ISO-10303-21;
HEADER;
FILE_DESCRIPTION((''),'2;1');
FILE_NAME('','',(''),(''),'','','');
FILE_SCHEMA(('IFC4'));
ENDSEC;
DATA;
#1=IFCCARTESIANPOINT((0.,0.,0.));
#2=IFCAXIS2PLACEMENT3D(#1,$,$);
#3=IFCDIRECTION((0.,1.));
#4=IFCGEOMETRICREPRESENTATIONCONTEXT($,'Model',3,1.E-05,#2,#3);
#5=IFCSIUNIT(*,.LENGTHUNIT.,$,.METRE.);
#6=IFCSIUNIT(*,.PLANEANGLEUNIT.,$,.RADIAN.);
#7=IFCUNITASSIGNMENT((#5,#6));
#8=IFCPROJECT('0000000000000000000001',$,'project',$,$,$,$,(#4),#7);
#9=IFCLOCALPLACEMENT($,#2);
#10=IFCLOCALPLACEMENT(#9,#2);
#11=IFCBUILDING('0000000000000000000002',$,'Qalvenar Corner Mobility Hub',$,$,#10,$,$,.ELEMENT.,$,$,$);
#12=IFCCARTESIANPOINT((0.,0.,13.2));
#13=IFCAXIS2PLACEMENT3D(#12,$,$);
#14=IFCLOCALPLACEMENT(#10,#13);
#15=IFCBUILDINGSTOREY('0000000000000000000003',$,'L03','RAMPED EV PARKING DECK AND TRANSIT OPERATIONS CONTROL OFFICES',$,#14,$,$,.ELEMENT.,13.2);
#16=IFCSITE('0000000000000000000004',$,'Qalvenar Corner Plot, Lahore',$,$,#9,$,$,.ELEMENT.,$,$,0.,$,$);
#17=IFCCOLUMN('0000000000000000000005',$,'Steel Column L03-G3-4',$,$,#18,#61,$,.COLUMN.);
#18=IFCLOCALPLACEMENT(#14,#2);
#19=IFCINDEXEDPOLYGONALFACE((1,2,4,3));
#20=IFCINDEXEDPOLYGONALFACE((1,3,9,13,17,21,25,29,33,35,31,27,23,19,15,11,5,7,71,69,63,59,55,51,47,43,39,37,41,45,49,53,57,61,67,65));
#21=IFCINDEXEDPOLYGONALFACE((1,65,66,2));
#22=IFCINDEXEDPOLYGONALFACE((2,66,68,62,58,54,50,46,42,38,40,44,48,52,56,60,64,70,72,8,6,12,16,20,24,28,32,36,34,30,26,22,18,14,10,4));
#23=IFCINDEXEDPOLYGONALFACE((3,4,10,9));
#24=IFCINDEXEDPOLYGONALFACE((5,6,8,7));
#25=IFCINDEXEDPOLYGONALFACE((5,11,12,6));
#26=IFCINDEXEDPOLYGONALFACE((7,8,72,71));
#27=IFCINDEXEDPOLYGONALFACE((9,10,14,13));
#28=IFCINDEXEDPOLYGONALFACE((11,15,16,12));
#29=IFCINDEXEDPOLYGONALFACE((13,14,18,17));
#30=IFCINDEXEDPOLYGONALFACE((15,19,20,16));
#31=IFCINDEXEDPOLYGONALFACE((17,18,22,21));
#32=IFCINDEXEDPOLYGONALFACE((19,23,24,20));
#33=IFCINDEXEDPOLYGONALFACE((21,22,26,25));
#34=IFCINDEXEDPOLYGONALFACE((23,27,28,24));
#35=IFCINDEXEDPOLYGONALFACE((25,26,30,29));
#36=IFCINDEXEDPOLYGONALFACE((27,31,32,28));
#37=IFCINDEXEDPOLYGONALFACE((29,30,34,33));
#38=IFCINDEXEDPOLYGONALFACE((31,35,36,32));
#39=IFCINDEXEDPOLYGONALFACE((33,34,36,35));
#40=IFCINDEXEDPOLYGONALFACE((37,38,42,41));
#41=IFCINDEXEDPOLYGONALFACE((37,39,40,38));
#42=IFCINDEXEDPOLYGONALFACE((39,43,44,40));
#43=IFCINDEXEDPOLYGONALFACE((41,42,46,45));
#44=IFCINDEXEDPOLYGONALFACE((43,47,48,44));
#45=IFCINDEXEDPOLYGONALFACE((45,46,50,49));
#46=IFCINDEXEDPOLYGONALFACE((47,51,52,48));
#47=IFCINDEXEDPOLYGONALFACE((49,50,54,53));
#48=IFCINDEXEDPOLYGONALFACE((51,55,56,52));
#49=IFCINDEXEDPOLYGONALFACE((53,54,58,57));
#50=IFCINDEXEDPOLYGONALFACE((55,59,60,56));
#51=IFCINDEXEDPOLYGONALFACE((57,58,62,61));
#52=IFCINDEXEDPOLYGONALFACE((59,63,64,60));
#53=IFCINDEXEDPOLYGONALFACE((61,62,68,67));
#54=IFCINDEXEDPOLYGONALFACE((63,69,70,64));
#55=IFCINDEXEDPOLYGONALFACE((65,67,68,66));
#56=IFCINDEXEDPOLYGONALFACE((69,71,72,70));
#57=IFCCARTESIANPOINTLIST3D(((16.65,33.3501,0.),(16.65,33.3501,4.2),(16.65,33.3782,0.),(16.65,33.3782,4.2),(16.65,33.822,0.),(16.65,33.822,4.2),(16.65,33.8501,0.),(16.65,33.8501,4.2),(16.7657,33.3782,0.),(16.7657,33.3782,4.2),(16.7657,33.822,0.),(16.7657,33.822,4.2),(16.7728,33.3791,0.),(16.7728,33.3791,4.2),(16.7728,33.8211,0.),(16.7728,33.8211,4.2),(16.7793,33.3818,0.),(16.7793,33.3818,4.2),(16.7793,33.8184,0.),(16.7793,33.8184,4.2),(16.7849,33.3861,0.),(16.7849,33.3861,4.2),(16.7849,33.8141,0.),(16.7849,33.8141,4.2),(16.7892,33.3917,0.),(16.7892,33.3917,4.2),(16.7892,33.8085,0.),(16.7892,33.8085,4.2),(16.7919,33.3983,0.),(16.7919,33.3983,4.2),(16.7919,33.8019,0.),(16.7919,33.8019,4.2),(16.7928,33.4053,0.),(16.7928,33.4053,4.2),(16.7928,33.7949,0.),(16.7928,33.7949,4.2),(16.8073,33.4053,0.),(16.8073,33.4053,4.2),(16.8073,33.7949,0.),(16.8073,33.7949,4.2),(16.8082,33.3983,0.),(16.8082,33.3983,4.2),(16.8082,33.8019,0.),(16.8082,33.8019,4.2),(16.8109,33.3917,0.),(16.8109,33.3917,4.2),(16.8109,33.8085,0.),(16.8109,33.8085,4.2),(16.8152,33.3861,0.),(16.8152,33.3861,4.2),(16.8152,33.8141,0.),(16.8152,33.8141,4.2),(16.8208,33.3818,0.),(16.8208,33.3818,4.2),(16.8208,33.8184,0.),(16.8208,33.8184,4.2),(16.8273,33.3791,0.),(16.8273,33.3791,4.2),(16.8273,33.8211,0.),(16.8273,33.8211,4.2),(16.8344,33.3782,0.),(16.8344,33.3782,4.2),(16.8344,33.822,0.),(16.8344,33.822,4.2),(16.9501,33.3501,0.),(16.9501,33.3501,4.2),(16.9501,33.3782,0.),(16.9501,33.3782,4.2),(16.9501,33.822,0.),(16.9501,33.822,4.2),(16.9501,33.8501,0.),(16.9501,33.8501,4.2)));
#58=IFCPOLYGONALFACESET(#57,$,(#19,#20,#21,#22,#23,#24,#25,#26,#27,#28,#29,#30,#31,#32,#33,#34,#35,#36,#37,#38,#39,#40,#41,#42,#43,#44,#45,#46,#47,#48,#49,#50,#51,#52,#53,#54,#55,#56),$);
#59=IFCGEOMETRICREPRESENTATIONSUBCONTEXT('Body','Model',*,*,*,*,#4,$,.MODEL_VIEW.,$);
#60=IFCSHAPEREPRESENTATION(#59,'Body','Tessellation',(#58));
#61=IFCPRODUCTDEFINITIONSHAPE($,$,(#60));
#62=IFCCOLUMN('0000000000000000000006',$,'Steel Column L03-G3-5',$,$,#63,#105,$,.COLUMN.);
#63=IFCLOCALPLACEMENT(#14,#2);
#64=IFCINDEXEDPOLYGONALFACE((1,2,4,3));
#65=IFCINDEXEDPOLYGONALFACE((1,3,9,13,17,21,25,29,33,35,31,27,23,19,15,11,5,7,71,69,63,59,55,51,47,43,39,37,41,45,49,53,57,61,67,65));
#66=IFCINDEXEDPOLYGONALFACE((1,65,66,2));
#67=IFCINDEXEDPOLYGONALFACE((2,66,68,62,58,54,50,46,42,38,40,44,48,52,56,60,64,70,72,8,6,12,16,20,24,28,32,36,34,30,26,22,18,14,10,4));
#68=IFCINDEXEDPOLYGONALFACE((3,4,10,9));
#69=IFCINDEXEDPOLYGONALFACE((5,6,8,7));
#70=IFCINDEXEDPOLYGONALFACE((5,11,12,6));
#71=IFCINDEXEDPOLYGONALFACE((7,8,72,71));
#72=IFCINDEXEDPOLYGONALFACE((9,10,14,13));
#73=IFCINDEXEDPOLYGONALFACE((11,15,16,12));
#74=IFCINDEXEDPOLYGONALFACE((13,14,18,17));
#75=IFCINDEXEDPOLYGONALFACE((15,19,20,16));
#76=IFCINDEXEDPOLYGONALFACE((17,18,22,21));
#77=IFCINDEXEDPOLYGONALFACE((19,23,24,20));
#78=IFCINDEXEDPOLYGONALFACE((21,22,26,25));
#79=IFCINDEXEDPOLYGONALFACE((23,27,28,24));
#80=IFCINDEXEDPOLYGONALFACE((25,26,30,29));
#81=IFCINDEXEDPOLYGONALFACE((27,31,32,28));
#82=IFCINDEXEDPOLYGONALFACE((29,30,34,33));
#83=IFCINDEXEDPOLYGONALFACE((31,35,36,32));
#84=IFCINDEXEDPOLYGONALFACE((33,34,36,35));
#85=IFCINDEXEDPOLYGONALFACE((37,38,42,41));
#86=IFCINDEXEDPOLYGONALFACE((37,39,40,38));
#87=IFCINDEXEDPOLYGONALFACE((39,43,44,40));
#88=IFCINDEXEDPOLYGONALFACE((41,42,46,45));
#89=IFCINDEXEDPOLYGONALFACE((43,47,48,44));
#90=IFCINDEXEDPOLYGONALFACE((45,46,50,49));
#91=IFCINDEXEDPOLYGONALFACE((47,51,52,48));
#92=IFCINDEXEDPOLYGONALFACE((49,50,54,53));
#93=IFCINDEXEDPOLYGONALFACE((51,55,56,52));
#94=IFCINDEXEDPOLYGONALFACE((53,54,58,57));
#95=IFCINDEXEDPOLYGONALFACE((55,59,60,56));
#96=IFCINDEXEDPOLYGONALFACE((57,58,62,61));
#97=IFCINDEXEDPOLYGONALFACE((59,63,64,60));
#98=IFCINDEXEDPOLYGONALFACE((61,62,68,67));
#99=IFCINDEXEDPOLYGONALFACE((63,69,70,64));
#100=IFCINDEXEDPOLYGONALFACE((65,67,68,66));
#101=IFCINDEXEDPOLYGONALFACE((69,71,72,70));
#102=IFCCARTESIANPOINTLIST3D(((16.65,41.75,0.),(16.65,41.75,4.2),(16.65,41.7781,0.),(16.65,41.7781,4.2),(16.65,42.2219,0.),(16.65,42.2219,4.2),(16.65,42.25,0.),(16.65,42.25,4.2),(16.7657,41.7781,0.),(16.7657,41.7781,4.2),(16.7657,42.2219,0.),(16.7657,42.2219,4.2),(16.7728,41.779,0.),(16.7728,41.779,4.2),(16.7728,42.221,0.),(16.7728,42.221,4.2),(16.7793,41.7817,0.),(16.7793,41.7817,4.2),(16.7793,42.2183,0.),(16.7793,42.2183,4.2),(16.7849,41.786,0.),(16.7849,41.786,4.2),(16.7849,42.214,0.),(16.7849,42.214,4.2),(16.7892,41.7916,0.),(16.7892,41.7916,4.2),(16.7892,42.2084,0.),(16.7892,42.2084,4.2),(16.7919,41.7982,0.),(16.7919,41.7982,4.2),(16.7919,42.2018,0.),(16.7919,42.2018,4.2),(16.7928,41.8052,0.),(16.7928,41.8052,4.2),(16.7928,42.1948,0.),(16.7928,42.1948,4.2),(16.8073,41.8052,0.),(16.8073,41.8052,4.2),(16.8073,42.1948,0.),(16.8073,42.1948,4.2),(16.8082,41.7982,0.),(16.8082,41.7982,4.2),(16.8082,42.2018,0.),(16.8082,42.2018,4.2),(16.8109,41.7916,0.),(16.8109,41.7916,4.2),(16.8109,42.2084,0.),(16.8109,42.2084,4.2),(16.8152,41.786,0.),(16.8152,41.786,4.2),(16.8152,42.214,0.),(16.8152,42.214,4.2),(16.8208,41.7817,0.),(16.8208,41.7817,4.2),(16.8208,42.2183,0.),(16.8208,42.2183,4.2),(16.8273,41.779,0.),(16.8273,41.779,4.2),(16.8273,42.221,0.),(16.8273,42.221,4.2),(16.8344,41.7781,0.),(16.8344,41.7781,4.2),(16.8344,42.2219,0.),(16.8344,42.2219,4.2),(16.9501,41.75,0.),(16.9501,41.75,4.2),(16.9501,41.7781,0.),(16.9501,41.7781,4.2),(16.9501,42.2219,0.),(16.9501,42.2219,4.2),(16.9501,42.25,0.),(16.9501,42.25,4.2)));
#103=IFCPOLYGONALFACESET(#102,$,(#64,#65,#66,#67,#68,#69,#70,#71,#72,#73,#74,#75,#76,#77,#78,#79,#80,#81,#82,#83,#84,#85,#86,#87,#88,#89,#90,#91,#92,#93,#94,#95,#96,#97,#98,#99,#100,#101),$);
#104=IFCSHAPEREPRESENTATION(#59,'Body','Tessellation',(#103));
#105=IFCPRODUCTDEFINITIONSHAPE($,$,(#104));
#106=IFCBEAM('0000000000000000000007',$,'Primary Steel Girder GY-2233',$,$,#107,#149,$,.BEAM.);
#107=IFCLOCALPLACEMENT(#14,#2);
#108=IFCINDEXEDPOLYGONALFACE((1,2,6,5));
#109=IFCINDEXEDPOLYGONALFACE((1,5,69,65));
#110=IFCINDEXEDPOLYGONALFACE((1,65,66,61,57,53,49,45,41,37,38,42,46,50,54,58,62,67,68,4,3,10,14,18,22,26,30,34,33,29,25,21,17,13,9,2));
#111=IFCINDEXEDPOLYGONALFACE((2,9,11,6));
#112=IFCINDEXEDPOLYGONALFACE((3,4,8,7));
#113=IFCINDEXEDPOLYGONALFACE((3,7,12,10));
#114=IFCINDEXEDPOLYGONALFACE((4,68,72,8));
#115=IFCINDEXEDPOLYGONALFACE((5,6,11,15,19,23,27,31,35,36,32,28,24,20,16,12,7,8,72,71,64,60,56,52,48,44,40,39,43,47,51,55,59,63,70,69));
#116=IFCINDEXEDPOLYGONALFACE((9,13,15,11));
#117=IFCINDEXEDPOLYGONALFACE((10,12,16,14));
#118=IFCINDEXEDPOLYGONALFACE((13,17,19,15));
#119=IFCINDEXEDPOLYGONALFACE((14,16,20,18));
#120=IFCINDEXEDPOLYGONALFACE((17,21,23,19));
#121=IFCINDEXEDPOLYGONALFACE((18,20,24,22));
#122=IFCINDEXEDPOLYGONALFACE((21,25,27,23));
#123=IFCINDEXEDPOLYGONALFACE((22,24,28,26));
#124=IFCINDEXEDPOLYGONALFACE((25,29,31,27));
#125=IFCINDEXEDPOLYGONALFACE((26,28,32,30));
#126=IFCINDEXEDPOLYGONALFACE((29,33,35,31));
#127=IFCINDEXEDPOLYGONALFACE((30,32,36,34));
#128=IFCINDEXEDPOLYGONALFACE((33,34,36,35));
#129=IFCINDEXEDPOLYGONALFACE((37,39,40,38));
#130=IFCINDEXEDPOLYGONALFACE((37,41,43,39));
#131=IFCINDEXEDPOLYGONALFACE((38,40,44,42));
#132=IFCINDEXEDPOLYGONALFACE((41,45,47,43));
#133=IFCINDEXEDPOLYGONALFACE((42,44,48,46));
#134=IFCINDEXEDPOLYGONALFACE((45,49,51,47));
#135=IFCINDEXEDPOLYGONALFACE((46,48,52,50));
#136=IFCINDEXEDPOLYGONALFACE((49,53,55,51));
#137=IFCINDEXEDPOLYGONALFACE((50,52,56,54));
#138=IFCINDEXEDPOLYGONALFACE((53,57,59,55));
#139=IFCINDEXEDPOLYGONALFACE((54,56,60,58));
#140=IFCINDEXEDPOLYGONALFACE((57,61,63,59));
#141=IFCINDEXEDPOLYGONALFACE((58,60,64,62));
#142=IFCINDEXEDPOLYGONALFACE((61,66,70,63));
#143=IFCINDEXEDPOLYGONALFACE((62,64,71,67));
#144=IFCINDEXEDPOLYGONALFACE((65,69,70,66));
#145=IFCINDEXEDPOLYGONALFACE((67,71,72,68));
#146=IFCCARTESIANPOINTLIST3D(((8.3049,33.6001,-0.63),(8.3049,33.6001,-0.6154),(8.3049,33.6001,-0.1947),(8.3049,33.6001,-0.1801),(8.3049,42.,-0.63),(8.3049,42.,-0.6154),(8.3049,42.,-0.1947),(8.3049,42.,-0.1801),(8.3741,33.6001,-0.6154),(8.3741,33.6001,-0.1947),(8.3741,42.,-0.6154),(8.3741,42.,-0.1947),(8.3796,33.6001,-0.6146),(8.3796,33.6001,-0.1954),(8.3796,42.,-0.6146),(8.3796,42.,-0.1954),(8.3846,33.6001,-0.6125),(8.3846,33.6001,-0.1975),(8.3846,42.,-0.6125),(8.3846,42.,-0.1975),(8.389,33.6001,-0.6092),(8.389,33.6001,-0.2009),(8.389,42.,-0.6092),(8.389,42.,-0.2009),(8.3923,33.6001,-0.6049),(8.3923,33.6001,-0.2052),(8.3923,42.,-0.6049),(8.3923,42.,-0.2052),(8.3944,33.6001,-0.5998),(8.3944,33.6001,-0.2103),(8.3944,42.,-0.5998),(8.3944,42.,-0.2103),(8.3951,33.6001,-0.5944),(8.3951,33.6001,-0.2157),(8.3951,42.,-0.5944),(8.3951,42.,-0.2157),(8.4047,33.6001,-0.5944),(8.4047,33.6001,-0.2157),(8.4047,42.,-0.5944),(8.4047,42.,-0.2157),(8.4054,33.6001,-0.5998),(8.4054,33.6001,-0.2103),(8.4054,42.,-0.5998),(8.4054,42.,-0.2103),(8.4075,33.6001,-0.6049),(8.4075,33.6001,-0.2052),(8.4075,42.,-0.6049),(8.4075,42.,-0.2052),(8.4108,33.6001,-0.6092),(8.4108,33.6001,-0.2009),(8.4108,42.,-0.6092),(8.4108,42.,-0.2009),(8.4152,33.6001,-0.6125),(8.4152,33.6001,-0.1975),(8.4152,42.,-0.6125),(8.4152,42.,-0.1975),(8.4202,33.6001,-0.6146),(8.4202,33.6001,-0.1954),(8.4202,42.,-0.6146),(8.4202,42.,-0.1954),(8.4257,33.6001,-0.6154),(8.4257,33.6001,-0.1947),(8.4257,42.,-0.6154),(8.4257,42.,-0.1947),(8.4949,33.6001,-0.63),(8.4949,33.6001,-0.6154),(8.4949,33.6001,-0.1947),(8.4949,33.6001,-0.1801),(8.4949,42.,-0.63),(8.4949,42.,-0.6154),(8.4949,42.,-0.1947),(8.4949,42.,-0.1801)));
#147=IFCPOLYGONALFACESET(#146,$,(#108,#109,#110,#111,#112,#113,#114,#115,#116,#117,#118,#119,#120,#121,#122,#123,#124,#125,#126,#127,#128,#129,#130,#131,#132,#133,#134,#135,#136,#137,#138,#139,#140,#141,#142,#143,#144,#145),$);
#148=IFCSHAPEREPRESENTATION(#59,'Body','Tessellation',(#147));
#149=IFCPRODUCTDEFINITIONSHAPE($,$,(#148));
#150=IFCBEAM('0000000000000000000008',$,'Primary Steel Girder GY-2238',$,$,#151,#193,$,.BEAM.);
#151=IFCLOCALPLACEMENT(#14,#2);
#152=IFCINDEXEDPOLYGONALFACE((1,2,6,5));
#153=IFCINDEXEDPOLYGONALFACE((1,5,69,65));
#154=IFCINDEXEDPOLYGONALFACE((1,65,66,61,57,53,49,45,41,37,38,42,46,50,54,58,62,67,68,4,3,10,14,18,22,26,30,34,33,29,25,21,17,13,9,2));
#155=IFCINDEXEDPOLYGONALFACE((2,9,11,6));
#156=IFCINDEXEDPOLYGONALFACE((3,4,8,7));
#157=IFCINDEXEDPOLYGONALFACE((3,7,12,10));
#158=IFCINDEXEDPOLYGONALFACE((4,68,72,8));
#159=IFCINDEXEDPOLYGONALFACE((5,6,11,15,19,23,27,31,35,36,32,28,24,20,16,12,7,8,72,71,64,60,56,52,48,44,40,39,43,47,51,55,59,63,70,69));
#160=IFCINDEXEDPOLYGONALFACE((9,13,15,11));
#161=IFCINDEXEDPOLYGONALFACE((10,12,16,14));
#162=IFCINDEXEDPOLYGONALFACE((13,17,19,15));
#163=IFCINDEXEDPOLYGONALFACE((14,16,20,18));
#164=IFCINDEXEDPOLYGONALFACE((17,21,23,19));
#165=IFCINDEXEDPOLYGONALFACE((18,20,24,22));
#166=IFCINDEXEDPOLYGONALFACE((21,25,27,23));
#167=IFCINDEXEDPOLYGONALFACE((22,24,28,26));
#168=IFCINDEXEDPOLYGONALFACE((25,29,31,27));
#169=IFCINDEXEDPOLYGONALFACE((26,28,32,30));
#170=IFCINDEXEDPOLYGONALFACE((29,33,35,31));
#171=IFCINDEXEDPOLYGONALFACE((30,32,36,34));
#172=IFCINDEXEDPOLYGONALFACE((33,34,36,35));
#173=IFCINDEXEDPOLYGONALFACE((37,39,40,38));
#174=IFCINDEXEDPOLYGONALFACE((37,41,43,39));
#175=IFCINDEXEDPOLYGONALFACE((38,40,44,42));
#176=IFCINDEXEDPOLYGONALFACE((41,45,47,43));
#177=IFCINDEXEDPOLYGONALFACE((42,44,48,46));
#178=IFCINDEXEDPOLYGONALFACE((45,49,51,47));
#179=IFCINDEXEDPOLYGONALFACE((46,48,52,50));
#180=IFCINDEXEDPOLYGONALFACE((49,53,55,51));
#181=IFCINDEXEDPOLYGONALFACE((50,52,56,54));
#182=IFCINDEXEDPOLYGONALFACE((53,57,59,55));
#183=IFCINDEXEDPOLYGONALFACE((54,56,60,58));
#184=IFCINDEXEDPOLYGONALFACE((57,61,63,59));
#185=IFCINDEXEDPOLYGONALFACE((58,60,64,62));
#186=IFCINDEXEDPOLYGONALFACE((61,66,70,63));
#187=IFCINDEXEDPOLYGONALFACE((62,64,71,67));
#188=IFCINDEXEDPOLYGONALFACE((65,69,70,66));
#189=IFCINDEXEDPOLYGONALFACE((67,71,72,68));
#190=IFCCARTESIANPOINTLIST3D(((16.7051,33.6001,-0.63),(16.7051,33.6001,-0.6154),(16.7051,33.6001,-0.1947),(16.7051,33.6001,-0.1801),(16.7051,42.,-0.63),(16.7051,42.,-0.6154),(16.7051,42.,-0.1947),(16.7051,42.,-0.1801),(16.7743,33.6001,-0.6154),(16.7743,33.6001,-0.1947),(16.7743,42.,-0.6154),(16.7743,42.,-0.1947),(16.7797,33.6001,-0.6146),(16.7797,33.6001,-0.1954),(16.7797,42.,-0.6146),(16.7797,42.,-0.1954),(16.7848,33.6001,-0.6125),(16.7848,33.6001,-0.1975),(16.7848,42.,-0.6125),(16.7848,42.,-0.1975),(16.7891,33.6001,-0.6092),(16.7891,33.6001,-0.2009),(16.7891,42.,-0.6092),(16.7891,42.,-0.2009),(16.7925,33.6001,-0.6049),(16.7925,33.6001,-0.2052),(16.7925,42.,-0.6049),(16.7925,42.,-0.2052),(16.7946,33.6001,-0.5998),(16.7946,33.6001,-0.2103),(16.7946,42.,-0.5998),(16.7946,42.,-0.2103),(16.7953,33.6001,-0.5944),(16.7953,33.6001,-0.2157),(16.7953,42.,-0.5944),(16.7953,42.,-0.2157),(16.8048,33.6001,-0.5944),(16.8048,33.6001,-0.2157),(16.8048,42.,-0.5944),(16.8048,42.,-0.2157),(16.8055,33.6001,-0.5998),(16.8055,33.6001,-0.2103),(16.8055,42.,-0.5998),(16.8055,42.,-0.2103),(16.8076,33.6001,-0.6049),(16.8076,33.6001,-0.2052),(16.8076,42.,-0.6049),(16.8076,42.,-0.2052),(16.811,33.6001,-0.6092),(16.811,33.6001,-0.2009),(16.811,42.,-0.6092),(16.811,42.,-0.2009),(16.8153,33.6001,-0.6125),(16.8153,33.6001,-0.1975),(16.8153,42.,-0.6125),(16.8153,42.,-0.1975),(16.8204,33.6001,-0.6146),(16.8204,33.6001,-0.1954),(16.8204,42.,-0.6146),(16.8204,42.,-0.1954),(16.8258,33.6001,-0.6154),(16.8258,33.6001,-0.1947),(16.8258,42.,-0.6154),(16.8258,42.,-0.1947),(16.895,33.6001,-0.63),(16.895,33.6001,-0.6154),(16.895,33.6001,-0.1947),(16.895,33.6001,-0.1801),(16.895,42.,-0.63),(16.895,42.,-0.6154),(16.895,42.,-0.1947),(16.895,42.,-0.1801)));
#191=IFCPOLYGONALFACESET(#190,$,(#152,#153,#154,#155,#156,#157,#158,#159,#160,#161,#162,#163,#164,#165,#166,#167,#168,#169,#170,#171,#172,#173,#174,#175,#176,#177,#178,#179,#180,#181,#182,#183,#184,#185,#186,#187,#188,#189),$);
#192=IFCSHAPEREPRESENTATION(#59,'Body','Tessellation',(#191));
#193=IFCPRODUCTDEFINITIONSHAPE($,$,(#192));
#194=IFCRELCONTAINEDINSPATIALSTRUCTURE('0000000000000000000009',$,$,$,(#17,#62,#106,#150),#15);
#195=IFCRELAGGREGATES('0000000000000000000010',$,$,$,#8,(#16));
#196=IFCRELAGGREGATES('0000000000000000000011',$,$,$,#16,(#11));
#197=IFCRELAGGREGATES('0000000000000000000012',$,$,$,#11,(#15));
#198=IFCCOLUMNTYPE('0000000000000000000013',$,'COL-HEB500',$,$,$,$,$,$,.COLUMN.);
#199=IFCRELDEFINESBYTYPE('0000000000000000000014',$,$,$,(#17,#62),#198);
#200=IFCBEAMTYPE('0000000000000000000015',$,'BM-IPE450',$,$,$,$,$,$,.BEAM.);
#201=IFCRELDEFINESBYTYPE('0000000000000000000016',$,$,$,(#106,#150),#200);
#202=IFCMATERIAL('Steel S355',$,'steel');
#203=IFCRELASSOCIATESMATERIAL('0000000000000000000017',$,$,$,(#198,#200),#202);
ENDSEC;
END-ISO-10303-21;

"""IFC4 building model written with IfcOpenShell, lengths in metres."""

from ifc_helpers import new_model, si_unit, direction, frame, origin, origin_2d, place, context, subcontext, project, spatial, i_section, extrude, material, material_profile, profile_set, type_object, element, save


model = new_model("IFC4")

# Units and contexts
model_context = context("Model", 3, precision=1e-05, world=origin(), true_north=direction((0.0, 1.0)))
body_context = subcontext(model_context, "Body", "Model", "MODEL_VIEW")
ifc_project = project(units=[si_unit("LENGTHUNIT", "METRE"), si_unit("PLANEANGLEUNIT", "RADIAN")], contexts=[model_context])

# Site, building, storey
site_placement = place(None, origin())
site = spatial("IfcSite", under=ifc_project, at=site_placement, Name="Qalvenar Corner Plot, Lahore", CompositionType="ELEMENT", RefElevation=0.0)
building_placement = place(site_placement, origin())
building = spatial("IfcBuilding", under=site, at=building_placement, Name="Qalvenar Corner Mobility Hub", CompositionType="ELEMENT")
storey_placement = place(building_placement, frame((0.0, 0.0, 13.2)))
storey = spatial("IfcBuildingStorey", under=building, at=storey_placement, Name="L03", Description="RAMPED EV PARKING DECK AND TRANSIT OPERATIONS CONTROL OFFICES", CompositionType="ELEMENT", Elevation=13.2)

# Columns
ifc_material_1 = material(Name="Steel S355", Category="steel")
ifc_material_profile_1 = material_profile(ifc_material_1, i_section(OverallWidth=0.3, OverallDepth=0.5, WebThickness=0.0144, FlangeThickness=0.0281, FilletRadius=0.0271, at=origin_2d()), Name="HEB500")
ifc_profile_set_1 = profile_set([ifc_material_profile_1], Name="Steel S355")
column_type_1 = type_object("IfcColumnType", Name="COL-HEB500", PredefinedType="COLUMN", material=ifc_profile_set_1)
for number, where, z_axis, x_axis, name in (
    (1, (16.8, 33.6001, 0.0), (0.0, 0.0, 1.0), (1.0, 0.0, 0.0), "Steel Column L03-G3-4"),
    (2, (16.8, 42.0, 0.0), (0.0, 0.0, 1.0), (1.0, 0.0, 0.0), "Steel Column L03-G3-5"),
):
    element("IfcColumn", number, at=place(storey_placement, frame(where, z_axis=z_axis, x_axis=x_axis)), inside=storey, type_object=column_type_1, Name=name, PredefinedType="COLUMN", context=body_context, shape_type="SweptSolid", body=[
        extrude(i_section(OverallWidth=0.3, OverallDepth=0.5, WebThickness=0.0144, FlangeThickness=0.0281, FilletRadius=0.0271, at=origin_2d()), origin(), (0.0, 0.0, 1.0), 4.2),
    ])

# Beams
ifc_material_profile_2 = material_profile(ifc_material_1, i_section(OverallWidth=0.1899, OverallDepth=0.45, WebThickness=0.0095, FlangeThickness=0.0146, FilletRadius=0.021, at=origin_2d()), Name="IPE450")
ifc_profile_set_2 = profile_set([ifc_material_profile_2], Name="Steel S355")
beam_type_1 = type_object("IfcBeamType", Name="BM-IPE450", PredefinedType="BEAM", material=ifc_profile_set_2)
for number, where, z_axis, x_axis, name in (
    (3, (8.3999, 33.6001, -0.405), (0.0, 1.0, 0.0), (-1.0, 0.0, 0.0), "Primary Steel Girder GY-2233"),
    (4, (16.8, 33.6001, -0.405), (0.0, 1.0, 0.0), (-1.0, 0.0, 0.0), "Primary Steel Girder GY-2238"),
):
    element("IfcBeam", number, at=place(storey_placement, frame(where, z_axis=z_axis, x_axis=x_axis)), inside=storey, type_object=beam_type_1, Name=name, PredefinedType="BEAM", context=body_context, shape_type="SweptSolid", body=[
        extrude(i_section(OverallWidth=0.1899, OverallDepth=0.45, WebThickness=0.0095, FlangeThickness=0.0146, FilletRadius=0.021, at=origin_2d()), origin(), (0.0, 0.0, 1.0), 8.3999),
    ])

save(model, "model.ifc")
